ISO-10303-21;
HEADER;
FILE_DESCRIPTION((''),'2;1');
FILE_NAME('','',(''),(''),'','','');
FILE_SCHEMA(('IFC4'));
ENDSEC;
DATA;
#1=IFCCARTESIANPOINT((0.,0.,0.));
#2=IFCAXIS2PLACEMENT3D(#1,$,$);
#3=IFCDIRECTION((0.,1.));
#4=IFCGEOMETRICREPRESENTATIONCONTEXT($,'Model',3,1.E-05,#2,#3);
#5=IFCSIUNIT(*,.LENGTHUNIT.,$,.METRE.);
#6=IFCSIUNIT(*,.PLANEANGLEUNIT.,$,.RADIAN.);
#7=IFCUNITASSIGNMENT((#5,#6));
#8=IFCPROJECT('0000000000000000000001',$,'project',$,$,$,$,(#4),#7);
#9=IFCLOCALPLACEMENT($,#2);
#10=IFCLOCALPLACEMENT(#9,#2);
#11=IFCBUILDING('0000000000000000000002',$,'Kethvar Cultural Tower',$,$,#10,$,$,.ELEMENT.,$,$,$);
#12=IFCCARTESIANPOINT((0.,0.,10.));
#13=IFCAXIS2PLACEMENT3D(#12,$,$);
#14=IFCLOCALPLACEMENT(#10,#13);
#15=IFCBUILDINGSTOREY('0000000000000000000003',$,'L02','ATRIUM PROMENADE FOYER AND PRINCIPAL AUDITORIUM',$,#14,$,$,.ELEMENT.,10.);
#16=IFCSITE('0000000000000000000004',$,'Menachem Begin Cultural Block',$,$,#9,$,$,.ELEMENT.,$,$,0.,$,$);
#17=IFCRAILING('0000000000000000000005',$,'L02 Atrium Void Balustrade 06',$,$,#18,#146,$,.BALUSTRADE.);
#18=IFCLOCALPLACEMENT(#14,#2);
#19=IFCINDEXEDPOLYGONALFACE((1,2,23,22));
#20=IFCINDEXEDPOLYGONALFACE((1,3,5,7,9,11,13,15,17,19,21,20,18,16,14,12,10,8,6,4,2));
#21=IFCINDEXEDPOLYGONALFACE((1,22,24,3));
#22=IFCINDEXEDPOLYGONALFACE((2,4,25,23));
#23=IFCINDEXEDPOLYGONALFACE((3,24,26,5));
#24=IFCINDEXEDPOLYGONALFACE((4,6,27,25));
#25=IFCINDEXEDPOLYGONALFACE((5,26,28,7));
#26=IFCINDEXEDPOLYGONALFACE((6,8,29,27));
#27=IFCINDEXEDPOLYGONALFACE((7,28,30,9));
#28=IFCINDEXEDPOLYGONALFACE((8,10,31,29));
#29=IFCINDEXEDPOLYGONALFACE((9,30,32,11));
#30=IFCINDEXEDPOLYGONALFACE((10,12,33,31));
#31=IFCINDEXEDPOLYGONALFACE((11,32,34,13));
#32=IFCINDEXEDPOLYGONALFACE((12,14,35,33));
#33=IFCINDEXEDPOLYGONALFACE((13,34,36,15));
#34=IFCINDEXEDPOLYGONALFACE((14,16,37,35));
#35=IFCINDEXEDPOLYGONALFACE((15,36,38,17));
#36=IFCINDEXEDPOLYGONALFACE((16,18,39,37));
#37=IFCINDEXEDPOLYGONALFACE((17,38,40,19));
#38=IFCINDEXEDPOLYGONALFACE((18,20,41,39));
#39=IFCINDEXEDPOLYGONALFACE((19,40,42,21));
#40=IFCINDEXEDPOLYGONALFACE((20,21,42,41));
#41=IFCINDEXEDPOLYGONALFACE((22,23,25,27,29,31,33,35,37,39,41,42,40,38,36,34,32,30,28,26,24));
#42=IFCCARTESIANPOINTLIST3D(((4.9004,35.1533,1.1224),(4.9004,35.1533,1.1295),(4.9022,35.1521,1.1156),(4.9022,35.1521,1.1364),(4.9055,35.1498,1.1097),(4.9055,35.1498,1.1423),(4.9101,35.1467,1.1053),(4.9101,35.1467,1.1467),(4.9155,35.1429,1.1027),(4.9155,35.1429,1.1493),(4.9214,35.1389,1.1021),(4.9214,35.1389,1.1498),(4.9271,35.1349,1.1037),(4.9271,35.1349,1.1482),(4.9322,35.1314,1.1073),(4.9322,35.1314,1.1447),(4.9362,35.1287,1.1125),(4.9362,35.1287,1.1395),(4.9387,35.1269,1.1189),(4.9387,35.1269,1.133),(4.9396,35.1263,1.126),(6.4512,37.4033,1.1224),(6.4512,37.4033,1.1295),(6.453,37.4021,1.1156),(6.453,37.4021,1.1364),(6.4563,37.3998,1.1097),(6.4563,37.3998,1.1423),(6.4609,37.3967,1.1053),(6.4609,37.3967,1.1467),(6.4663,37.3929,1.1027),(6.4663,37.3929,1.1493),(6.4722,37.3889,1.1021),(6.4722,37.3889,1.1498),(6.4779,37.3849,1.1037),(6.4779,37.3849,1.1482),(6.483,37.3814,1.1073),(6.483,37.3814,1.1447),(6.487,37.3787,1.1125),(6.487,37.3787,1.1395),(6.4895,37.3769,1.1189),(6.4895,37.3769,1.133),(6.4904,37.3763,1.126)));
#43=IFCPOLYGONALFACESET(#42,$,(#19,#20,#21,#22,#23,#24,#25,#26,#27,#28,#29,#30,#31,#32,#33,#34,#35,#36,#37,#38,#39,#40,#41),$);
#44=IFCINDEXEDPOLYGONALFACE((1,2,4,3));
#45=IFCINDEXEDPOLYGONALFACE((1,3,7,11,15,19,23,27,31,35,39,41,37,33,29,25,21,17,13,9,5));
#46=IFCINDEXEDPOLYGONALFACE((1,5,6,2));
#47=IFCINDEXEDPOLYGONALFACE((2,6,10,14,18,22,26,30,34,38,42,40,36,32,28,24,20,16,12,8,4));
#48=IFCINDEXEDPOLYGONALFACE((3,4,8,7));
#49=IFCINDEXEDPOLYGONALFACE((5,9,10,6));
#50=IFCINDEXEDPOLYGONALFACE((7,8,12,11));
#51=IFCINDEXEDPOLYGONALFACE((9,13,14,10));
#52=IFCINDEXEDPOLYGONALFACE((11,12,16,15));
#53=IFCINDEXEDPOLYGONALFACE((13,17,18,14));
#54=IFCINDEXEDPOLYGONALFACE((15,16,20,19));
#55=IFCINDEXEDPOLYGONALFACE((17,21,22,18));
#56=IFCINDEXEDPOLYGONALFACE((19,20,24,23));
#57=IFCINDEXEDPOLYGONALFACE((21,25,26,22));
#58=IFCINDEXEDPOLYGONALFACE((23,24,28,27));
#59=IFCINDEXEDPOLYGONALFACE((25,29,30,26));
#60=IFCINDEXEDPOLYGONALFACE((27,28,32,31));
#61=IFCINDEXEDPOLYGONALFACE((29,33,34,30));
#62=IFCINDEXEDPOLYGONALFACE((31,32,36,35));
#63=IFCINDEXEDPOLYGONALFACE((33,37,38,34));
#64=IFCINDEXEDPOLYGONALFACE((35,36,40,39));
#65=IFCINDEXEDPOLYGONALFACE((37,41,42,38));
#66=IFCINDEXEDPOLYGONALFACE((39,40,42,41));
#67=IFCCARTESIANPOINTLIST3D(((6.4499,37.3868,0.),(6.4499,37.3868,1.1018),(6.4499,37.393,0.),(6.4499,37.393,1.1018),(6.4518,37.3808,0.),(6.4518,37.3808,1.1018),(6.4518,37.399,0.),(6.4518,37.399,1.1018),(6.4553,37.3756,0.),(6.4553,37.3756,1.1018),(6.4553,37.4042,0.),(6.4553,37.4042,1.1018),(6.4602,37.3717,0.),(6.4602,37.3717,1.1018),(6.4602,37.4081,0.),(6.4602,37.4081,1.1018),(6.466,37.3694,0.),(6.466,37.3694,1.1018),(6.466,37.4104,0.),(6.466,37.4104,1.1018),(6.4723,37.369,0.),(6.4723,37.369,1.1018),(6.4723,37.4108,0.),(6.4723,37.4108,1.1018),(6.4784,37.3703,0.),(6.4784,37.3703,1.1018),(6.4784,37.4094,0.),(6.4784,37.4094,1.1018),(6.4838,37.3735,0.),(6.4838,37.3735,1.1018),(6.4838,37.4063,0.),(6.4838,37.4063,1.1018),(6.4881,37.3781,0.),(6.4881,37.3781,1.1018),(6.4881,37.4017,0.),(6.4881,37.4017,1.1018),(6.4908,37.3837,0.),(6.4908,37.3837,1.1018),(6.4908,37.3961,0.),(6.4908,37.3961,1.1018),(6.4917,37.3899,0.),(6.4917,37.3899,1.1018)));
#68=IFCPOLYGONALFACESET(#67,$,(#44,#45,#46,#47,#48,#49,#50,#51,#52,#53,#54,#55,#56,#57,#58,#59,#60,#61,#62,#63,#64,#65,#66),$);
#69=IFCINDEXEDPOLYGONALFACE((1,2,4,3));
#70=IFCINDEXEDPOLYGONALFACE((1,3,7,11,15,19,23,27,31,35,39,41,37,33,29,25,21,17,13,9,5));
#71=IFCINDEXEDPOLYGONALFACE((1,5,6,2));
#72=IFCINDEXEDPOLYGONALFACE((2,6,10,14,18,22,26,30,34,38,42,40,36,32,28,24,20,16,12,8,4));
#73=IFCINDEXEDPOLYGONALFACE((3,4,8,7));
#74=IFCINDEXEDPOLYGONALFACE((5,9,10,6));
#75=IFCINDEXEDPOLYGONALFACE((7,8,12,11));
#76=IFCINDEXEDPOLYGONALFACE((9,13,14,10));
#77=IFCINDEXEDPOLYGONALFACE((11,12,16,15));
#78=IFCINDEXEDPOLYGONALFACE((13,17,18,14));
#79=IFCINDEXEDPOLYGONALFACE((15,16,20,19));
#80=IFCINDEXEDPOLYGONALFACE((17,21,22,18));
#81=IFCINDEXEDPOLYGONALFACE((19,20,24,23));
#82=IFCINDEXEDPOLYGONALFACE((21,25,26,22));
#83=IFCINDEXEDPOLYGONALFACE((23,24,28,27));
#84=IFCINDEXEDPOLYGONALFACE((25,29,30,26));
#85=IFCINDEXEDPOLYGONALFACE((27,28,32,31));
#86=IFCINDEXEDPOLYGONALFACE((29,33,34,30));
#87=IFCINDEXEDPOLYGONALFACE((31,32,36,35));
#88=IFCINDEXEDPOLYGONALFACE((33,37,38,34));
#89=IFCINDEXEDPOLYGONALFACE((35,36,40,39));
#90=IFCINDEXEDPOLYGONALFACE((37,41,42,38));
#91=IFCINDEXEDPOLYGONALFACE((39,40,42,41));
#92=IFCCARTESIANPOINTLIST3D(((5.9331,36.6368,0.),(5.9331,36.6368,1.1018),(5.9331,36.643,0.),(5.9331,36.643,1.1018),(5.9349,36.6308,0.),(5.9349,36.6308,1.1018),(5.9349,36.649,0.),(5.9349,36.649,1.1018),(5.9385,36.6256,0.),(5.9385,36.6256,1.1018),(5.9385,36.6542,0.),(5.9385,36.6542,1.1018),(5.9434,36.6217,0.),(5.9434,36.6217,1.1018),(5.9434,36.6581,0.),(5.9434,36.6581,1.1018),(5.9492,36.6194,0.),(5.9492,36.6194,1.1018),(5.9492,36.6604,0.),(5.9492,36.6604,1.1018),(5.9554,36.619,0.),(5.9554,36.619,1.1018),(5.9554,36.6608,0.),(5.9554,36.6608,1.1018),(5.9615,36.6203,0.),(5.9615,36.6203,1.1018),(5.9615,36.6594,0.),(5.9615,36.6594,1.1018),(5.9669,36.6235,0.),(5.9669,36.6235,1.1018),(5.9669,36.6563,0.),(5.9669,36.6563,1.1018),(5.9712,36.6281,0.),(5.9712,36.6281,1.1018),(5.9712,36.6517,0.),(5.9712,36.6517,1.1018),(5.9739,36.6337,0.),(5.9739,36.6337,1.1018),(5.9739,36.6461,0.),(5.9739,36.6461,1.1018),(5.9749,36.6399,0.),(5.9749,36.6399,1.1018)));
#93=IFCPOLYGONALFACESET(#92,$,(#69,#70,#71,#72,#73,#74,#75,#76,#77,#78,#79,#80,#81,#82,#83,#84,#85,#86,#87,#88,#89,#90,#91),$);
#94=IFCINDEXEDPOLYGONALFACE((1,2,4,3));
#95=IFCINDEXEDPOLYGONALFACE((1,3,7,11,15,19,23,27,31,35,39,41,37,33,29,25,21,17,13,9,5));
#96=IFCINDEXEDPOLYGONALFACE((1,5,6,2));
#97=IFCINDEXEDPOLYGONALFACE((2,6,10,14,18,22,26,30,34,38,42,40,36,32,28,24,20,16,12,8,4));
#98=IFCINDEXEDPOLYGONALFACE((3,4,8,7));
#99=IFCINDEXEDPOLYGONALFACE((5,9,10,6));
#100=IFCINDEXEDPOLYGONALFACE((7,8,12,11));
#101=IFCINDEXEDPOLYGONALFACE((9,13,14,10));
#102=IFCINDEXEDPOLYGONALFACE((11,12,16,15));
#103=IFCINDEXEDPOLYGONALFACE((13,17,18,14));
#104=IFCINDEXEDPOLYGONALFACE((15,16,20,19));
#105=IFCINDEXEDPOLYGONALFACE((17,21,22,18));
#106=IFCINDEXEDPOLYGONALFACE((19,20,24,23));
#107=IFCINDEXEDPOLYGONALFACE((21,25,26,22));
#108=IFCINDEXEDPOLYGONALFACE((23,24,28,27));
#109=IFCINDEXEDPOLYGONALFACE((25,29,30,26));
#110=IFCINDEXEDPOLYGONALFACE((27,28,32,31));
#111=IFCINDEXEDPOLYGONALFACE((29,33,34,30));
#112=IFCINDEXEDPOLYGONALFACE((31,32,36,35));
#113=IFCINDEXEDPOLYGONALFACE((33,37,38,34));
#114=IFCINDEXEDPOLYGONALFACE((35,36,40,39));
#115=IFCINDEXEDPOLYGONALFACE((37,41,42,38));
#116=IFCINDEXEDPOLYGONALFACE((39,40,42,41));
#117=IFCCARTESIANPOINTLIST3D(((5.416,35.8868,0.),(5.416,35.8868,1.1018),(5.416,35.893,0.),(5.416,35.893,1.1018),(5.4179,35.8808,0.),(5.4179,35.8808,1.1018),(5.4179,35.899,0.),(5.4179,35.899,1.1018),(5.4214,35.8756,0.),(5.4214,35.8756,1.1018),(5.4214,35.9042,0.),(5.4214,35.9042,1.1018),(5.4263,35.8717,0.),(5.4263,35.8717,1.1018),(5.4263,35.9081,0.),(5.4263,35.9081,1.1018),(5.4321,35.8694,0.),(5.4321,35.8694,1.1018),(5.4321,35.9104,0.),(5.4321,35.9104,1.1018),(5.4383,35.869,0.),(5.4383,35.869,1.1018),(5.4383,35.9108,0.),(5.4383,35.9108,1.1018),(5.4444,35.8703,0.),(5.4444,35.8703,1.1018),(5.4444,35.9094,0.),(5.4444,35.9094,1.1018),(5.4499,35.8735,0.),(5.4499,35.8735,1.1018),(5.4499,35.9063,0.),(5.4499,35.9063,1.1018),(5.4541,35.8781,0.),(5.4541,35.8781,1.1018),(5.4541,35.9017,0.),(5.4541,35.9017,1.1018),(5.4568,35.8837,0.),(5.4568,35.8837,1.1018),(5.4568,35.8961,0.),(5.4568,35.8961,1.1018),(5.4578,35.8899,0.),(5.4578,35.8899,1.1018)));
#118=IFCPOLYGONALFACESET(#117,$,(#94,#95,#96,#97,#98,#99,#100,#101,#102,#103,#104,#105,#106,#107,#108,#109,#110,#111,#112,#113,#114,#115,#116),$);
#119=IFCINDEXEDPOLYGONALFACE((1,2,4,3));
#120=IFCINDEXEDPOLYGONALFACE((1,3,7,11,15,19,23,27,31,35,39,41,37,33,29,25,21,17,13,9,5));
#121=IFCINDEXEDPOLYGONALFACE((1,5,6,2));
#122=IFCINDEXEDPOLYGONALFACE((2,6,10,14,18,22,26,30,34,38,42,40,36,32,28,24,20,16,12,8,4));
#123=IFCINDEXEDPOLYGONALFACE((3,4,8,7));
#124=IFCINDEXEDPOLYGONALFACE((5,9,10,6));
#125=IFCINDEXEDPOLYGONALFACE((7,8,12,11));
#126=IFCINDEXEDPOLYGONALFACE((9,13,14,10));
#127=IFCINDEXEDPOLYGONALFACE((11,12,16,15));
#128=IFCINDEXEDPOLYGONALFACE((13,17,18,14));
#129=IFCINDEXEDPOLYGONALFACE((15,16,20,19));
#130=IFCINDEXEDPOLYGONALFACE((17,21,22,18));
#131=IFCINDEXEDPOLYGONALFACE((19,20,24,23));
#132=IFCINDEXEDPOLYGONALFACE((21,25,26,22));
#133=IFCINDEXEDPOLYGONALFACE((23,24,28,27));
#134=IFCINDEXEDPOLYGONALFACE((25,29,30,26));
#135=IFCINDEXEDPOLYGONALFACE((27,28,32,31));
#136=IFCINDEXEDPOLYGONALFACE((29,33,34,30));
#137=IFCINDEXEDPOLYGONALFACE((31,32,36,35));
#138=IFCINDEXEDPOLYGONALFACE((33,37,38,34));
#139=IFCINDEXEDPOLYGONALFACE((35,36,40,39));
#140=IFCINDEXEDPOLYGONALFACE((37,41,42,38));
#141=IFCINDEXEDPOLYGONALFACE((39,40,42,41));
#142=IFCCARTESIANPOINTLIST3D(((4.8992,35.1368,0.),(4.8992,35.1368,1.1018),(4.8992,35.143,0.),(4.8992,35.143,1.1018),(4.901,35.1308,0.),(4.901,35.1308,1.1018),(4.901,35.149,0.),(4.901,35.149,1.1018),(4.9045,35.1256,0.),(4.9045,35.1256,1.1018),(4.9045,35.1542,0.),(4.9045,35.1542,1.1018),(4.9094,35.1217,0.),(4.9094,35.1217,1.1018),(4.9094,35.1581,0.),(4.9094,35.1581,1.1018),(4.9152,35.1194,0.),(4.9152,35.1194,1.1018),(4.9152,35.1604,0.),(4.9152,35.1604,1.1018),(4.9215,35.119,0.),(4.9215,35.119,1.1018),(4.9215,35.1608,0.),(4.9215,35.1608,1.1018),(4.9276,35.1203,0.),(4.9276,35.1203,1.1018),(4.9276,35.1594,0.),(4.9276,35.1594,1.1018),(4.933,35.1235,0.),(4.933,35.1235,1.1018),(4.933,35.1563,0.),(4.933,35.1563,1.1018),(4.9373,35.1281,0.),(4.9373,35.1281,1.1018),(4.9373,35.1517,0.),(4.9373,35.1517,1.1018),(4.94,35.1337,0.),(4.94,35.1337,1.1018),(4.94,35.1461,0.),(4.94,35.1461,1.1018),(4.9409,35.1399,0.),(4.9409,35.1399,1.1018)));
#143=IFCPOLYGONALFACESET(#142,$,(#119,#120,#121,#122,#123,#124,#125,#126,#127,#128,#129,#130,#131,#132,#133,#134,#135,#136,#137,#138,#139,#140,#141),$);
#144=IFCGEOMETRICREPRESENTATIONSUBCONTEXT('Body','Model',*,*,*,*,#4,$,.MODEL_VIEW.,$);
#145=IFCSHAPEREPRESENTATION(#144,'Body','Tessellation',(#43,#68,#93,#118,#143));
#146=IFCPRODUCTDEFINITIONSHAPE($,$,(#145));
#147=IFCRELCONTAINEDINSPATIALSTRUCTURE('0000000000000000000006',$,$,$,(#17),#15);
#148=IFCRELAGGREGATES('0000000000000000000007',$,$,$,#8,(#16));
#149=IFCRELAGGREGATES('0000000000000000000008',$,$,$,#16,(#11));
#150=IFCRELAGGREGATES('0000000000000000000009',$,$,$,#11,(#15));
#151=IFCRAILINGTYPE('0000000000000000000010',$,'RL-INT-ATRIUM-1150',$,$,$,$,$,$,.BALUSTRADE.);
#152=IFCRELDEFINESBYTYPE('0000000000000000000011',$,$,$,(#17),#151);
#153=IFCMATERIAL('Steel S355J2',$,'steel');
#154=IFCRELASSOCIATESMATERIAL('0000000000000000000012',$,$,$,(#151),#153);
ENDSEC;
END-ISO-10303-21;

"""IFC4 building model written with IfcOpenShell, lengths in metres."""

from ifc_helpers import new_model, si_unit, direction, frame, origin, origin_2d, place, context, subcontext, project, spatial, circle, extrude, material, type_object, element, save


model = new_model("IFC4")

# Units and contexts
model_context = context("Model", 3, precision=1e-05, world=origin(), true_north=direction((0.0, 1.0)))
body_context = subcontext(model_context, "Body", "Model", "MODEL_VIEW")
ifc_project = project(units=[si_unit("LENGTHUNIT", "METRE"), si_unit("PLANEANGLEUNIT", "RADIAN")], contexts=[model_context])

# Site, building, storey
site_placement = place(None, origin())
site = spatial("IfcSite", under=ifc_project, at=site_placement, Name="Menachem Begin Cultural Block", CompositionType="ELEMENT", RefElevation=0.0)
building_placement = place(site_placement, origin())
building = spatial("IfcBuilding", under=site, at=building_placement, Name="Kethvar Cultural Tower", CompositionType="ELEMENT")
storey_placement = place(building_placement, frame((0.0, 0.0, 10.0)))
storey = spatial("IfcBuildingStorey", under=building, at=storey_placement, Name="L02", Description="ATRIUM PROMENADE FOYER AND PRINCIPAL AUDITORIUM", CompositionType="ELEMENT", Elevation=10.0)

# Shared definitions
ifc_material_1 = material(Name="Steel S355J2", Category="steel")

# Railing
railing_type = type_object("IfcRailingType", Name="RL-INT-ATRIUM-1150", PredefinedType="BALUSTRADE", material=ifc_material_1)
railing_1_placement = place(storey_placement, frame((6.4707, 37.3899, 0.0)))
element("IfcRailing", 1, at=railing_1_placement, inside=storey, type_object=railing_type, Name="L02 Atrium Void Balustrade 06", PredefinedType="BALUSTRADE", context=body_context, shape_type="SweptSolid", body=[
    extrude(circle(Radius=0.0239, at=origin_2d()), frame((0.0, 0.0, 1.126), z_axis=(-0.567499, -0.823374, 0.0), x_axis=(0.823374, -0.567499, 0.0)), (0.0, 0.0, 1.0), 2.7327),
    extrude(circle(Radius=0.021, at=origin_2d()), origin(), (0.0, 0.0, 1.0), 1.1018),
    extrude(circle(Radius=0.021, at=origin_2d()), frame((-0.5168, -0.75, 0.0)), (0.0, 0.0, 1.0), 1.1018),
    extrude(circle(Radius=0.021, at=origin_2d()), frame((-1.0339, -1.5, 0.0)), (0.0, 0.0, 1.0), 1.1018),
    extrude(circle(Radius=0.021, at=origin_2d()), frame((-1.5508, -2.25, 0.0)), (0.0, 0.0, 1.0), 1.1018),
])

save(model, "model.ifc")
